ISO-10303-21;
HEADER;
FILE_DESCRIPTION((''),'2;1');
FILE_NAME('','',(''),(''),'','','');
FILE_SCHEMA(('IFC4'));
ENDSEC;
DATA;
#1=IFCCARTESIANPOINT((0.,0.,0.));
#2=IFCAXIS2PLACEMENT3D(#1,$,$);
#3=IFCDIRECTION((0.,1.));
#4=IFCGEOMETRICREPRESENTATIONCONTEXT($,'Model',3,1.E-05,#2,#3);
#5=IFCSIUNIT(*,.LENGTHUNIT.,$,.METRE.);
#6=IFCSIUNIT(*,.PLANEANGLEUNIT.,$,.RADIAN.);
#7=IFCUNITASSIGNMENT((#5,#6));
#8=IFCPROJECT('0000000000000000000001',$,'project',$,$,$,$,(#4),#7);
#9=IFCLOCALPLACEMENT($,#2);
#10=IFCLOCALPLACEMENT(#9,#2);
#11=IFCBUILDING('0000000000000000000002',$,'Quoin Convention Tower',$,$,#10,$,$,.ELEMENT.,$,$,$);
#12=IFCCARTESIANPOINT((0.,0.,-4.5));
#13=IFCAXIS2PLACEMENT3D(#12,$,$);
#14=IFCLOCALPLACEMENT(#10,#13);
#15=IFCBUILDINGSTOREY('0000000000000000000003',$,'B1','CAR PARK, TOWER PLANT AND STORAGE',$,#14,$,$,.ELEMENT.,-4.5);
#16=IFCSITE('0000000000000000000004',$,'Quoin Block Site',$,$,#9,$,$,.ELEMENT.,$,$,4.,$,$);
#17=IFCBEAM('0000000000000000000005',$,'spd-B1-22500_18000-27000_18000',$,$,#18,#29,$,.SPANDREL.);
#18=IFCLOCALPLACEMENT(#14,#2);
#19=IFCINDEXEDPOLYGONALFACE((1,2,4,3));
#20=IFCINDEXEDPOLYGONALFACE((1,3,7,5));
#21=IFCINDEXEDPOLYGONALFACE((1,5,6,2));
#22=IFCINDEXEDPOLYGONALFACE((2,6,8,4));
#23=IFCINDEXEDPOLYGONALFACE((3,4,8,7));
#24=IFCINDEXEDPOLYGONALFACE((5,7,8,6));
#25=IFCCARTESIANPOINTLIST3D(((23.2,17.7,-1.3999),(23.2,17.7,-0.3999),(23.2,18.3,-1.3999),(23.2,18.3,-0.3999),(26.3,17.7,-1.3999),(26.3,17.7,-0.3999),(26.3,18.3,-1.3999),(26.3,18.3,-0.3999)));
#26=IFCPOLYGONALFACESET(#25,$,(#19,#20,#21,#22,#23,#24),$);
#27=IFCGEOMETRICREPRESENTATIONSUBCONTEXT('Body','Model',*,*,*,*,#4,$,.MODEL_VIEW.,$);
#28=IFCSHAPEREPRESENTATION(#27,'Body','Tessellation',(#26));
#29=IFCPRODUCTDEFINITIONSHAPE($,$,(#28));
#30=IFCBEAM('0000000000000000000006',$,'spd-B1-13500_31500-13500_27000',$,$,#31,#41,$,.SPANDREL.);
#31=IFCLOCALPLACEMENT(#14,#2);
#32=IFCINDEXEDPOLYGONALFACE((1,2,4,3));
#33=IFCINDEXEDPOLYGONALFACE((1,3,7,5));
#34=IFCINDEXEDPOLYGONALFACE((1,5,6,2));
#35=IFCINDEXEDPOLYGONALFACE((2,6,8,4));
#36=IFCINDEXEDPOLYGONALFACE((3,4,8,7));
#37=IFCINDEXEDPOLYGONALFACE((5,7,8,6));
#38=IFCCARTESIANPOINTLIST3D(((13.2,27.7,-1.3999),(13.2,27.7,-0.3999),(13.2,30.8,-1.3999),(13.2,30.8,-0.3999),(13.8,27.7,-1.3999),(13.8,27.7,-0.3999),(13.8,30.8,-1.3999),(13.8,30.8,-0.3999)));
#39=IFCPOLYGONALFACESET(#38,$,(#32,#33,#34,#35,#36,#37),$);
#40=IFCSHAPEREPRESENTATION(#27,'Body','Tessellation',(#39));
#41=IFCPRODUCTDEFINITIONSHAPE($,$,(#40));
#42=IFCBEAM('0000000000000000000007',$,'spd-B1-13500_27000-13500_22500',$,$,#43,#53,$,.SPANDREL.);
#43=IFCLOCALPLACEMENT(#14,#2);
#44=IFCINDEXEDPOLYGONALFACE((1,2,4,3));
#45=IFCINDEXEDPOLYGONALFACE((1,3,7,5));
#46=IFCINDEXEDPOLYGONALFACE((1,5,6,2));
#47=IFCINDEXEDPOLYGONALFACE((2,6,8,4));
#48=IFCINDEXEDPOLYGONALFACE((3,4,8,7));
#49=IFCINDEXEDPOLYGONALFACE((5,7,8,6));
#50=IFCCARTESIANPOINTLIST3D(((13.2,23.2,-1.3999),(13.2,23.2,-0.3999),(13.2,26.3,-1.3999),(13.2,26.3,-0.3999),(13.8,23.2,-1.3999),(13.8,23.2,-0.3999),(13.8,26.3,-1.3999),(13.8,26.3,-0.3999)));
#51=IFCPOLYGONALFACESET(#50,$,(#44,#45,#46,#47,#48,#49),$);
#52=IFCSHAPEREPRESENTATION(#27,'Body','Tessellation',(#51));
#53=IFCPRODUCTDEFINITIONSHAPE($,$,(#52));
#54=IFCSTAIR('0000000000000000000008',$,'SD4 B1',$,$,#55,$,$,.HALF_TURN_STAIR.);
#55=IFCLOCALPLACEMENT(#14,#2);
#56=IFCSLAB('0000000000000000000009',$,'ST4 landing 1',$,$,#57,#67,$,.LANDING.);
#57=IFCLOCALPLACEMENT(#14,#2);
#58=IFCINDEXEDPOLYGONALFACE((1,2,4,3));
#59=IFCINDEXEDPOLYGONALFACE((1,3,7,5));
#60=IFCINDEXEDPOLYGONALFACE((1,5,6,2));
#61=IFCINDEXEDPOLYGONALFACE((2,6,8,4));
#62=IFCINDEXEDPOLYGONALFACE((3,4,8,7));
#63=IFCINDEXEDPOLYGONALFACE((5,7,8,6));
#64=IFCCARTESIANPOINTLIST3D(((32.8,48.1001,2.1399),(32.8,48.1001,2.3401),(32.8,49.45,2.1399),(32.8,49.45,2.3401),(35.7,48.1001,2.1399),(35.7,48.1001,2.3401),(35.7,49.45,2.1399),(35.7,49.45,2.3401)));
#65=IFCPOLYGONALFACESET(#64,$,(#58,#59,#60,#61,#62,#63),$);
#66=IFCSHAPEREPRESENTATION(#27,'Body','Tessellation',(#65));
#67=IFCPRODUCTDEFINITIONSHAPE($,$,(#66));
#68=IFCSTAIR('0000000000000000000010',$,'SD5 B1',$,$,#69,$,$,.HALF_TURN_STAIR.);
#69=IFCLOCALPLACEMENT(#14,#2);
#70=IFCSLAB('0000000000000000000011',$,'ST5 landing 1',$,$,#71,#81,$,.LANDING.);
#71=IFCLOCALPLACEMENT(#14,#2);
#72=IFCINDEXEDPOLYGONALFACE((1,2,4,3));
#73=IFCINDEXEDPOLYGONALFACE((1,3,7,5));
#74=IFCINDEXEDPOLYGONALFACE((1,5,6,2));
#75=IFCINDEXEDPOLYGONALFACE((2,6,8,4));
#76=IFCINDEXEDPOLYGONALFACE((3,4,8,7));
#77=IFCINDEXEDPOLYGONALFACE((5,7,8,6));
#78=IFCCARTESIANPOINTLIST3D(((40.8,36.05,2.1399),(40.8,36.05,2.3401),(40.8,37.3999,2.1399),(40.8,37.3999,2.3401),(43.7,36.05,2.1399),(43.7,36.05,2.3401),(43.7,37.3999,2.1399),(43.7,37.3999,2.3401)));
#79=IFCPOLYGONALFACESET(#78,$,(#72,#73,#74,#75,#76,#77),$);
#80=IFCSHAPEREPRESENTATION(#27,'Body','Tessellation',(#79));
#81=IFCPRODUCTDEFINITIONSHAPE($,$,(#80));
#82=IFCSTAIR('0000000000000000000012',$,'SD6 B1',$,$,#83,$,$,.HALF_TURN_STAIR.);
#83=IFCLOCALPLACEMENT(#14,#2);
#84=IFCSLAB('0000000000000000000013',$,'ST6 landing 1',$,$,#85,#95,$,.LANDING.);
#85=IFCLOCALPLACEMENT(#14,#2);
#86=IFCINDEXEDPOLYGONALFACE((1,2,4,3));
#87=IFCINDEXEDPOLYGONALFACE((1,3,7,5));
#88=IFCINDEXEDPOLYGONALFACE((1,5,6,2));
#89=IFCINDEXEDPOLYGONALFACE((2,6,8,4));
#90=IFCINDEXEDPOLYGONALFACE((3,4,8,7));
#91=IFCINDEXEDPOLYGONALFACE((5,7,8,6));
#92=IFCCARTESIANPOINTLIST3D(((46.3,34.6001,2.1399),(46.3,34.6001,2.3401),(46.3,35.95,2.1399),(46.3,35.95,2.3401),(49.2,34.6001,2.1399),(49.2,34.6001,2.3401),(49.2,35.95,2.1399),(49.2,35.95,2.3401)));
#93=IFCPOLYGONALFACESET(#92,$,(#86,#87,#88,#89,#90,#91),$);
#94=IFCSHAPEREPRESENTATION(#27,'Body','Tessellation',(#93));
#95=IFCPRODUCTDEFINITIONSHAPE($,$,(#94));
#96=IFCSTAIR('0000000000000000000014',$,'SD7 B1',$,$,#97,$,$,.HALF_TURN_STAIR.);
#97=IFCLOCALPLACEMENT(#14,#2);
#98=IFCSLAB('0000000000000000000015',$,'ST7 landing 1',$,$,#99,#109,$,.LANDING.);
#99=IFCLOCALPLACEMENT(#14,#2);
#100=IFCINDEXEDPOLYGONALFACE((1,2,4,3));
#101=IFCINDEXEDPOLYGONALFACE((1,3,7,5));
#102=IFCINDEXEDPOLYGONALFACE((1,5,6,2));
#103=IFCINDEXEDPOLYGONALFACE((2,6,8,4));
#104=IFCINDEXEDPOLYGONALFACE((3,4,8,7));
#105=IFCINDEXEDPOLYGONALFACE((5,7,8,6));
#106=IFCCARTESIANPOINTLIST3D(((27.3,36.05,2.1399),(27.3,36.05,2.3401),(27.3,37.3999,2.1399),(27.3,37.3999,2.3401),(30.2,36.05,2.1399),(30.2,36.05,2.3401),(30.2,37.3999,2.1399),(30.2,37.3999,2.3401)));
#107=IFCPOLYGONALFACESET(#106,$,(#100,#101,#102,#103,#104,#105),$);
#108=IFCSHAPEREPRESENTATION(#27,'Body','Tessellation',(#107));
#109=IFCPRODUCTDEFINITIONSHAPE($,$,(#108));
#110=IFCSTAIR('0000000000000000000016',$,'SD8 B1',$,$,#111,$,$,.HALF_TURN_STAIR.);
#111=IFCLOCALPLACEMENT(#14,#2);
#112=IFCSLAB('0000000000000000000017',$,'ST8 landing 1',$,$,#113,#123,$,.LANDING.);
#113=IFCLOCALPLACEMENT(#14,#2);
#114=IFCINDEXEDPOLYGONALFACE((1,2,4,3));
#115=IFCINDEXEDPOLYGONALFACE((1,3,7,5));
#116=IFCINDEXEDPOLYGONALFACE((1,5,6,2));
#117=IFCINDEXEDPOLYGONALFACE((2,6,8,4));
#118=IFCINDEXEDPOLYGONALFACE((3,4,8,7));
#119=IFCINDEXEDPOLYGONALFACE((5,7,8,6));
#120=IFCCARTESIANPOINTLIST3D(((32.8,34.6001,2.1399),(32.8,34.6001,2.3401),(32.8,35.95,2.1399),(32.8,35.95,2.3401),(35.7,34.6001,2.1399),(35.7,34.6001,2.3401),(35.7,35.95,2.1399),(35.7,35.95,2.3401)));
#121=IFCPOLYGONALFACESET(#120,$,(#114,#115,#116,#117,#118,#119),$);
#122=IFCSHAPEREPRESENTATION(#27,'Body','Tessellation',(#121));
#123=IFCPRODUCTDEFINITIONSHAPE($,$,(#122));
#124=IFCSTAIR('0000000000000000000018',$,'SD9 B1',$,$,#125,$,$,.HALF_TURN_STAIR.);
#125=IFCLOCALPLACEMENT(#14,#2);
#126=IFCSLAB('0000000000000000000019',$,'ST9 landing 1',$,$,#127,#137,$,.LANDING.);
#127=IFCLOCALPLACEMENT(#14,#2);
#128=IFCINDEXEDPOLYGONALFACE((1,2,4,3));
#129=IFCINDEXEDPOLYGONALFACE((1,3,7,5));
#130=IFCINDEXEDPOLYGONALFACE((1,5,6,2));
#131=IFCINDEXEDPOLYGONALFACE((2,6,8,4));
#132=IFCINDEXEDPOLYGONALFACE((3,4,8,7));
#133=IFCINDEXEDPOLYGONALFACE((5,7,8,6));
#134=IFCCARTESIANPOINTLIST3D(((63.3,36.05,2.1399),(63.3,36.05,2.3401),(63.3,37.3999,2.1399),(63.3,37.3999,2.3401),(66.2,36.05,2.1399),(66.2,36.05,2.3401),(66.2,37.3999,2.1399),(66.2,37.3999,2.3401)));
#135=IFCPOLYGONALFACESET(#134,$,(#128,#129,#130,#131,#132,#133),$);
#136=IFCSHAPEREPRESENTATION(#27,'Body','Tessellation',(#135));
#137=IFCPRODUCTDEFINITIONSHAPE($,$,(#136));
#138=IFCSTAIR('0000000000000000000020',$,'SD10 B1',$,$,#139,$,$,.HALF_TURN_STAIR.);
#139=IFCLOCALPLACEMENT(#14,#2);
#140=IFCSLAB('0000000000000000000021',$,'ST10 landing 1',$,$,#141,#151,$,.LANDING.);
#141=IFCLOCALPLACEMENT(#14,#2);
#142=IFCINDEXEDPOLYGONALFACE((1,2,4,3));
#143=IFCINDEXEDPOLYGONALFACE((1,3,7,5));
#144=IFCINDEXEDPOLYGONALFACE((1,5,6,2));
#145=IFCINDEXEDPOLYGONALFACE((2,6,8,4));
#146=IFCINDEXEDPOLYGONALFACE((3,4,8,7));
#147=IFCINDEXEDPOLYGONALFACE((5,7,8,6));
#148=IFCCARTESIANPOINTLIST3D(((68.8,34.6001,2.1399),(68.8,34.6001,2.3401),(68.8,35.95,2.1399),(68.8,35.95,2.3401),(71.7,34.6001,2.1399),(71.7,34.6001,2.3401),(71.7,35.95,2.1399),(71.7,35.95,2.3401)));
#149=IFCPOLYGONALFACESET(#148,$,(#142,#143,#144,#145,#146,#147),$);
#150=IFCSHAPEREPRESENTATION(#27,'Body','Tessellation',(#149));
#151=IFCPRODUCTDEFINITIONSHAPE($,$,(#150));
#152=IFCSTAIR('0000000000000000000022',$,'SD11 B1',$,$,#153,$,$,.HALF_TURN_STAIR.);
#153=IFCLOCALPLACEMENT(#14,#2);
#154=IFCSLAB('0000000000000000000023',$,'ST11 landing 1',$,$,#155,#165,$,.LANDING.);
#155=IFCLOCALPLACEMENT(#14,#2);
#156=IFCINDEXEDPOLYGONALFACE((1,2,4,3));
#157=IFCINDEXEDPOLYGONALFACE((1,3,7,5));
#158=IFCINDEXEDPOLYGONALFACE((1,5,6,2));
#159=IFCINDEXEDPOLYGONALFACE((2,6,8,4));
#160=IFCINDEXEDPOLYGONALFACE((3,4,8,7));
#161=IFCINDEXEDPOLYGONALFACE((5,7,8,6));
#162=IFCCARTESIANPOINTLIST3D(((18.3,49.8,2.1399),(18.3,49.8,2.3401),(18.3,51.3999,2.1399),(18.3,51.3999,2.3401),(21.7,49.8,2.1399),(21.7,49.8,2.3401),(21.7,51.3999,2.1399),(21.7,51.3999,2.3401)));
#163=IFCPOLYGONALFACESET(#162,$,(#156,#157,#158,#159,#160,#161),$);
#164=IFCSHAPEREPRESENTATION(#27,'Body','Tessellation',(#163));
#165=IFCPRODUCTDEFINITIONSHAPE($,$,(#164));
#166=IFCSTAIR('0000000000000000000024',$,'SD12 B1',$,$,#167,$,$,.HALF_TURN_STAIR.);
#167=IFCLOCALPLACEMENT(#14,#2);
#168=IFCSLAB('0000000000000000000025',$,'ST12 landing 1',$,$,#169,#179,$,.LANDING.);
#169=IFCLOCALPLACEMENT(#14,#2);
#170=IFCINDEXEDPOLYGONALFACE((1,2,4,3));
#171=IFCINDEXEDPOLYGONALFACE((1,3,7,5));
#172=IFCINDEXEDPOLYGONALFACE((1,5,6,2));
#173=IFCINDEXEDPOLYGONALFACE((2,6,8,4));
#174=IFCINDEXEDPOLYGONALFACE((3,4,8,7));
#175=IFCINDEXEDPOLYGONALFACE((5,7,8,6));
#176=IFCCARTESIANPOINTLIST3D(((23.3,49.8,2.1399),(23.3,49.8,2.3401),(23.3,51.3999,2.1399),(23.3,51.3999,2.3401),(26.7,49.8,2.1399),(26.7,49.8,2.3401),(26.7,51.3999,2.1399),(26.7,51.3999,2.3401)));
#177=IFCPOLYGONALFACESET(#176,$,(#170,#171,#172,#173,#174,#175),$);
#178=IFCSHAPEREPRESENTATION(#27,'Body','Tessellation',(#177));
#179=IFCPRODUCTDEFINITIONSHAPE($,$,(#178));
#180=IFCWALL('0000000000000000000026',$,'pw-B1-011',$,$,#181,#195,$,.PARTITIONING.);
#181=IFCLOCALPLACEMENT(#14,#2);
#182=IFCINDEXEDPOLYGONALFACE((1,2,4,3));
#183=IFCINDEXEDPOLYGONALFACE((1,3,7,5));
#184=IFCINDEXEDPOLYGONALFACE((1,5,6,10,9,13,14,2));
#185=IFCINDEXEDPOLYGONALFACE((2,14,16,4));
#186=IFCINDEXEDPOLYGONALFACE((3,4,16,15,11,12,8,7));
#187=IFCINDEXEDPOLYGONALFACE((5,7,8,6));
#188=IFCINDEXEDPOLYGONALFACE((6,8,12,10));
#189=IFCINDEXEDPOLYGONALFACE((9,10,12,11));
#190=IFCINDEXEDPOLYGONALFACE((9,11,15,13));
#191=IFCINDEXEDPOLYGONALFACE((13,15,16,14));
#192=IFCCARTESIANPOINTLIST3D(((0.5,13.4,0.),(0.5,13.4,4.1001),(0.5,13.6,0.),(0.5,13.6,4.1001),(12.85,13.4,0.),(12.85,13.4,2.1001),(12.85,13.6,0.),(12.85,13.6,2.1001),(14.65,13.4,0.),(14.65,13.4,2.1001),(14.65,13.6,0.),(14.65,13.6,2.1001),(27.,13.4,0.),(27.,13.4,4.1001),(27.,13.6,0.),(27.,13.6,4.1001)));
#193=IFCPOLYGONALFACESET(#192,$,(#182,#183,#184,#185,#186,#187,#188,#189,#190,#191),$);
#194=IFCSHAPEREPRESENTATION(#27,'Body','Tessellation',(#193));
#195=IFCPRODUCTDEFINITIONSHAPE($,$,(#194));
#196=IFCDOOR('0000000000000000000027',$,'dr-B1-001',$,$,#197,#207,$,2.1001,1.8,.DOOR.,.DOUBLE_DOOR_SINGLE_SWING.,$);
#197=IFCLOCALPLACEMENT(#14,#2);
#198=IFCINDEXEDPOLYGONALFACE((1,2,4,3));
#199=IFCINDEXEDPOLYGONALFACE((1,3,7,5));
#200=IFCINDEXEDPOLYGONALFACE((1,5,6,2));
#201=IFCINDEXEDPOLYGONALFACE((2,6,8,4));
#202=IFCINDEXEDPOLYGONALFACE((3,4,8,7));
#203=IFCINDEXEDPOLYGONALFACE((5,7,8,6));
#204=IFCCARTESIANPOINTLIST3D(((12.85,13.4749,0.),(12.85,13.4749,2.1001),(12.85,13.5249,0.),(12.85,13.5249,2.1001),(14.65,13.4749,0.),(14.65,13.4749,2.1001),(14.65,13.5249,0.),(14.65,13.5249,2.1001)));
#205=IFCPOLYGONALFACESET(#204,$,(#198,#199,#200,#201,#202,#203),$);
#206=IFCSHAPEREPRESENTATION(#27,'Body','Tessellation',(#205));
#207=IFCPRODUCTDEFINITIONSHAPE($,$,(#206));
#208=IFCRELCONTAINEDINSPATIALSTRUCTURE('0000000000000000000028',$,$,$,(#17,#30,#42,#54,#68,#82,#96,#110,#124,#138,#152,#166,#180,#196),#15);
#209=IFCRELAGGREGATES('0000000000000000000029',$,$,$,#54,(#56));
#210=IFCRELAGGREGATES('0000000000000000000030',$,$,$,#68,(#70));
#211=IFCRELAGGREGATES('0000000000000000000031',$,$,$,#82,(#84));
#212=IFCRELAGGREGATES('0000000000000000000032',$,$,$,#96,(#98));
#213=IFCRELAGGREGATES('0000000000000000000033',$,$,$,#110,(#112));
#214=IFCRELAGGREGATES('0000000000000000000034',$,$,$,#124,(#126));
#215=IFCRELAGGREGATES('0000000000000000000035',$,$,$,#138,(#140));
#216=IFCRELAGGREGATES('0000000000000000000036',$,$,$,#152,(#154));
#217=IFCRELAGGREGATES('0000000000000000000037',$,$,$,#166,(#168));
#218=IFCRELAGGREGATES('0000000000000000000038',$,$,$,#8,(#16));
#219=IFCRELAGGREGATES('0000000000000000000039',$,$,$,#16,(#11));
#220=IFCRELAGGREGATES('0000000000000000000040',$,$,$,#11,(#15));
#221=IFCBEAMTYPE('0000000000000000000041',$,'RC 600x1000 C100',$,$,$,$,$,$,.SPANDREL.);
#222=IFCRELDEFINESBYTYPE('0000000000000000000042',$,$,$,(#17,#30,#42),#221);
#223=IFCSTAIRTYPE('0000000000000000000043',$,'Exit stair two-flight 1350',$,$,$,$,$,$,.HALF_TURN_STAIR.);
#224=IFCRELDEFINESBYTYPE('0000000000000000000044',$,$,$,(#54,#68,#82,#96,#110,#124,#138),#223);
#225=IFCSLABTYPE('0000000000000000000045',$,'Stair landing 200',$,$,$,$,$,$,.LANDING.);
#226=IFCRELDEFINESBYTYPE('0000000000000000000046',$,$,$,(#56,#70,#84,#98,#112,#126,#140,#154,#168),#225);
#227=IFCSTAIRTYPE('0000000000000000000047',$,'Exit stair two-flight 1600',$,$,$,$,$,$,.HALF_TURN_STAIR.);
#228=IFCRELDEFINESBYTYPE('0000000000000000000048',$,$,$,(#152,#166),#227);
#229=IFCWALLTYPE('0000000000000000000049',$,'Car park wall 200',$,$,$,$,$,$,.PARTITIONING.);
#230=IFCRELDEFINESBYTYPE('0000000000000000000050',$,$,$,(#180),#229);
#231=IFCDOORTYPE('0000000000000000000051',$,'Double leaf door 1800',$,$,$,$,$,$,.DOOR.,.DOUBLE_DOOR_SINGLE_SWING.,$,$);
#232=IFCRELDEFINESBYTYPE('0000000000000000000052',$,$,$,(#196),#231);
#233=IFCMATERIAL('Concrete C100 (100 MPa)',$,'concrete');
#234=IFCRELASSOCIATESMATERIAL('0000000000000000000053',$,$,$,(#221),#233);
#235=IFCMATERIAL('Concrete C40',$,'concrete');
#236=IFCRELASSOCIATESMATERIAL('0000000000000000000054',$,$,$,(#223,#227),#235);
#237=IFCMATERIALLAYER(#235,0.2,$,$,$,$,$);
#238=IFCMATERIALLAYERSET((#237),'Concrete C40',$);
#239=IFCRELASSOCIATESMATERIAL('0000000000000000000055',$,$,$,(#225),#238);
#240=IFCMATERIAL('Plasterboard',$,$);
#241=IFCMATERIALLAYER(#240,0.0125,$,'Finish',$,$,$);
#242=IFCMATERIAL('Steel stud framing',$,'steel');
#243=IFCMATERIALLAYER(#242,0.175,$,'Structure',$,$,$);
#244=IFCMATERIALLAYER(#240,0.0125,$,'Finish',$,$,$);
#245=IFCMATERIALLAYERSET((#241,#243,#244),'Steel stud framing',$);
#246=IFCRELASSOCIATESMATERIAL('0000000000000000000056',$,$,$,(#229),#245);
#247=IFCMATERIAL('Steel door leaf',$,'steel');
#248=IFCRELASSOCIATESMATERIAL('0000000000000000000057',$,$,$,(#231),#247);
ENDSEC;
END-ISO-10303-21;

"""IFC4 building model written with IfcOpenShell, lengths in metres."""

from ifc_helpers import new_model, si_unit, direction, frame, frame_2d, origin, origin_2d, place, context, subcontext, project, spatial, polyline, rectangle, outline, extrude, material, layer, layer_set, material_profile, profile_set, type_object, element, fill, aggregate, save


model = new_model("IFC4")

# Units and contexts
model_context = context("Model", 3, precision=1e-05, world=origin(), true_north=direction((0.0, 1.0)))
body_context = subcontext(model_context, "Body", "Model", "MODEL_VIEW")
ifc_project = project(units=[si_unit("LENGTHUNIT", "METRE"), si_unit("PLANEANGLEUNIT", "RADIAN")], contexts=[model_context])

# Site, building, storey
site_placement = place(None, origin())
site = spatial("IfcSite", under=ifc_project, at=site_placement, Name="Quoin Block Site", CompositionType="ELEMENT", RefElevation=4.0)
building_placement = place(site_placement, origin())
building = spatial("IfcBuilding", under=site, at=building_placement, Name="Quoin Convention Tower", CompositionType="ELEMENT")
storey_placement = place(building_placement, frame((0.0, 0.0, -4.5)))
storey = spatial("IfcBuildingStorey", under=building, at=storey_placement, Name="B1", Description="CAR PARK, TOWER PLANT AND STORAGE", CompositionType="ELEMENT", Elevation=-4.5)

# Shared definitions
ifc_material_1 = material(Name="Concrete C100 (100 MPa)", Category="concrete")

# Beams
ifc_material_profile_1 = material_profile(ifc_material_1, rectangle(XDim=0.6001, YDim=1.0, at=origin_2d()), Name="RC 600x1000")
ifc_profile_set_1 = profile_set([ifc_material_profile_1], Name="Concrete C100 (100 MPa)")
beam_type = type_object("IfcBeamType", Name="RC 600x1000 C100", PredefinedType="SPANDREL", material=ifc_profile_set_1)
for number, where, z_axis, x_axis, name in (
    (1, (23.2, 18.0, -0.8999), (1.0, 0.0, 0.0), (0.0, 1.0, 0.0), "spd-B1-22500_18000-27000_18000"),
    (2, (13.5, 30.8, -0.8999), (0.0, -1.0, 0.0), (1.0, 0.0, 0.0), "spd-B1-13500_31500-13500_27000"),
    (3, (13.5, 26.3, -0.8999), (0.0, -1.0, 0.0), (1.0, 0.0, 0.0), "spd-B1-13500_27000-13500_22500"),
):
    element("IfcBeam", number, at=place(storey_placement, frame(where, z_axis=z_axis, x_axis=x_axis)), inside=storey, type_object=beam_type, Name=name, PredefinedType="SPANDREL", context=body_context, shape_type="SweptSolid", body=[
        extrude(rectangle(XDim=0.6001, YDim=1.0, at=origin_2d()), origin(), (0.0, 0.0, 1.0), 3.1001),
    ])

# Stairs, slabs
ifc_material_2 = material(Name="Concrete C40", Category="concrete")
stair_type_1 = type_object("IfcStairType", Name="Exit stair two-flight 1350", PredefinedType="HALF_TURN_STAIR", material=ifc_material_2)
stair_1_placement = place(storey_placement, origin())
stair_1 = element("IfcStair", 4, at=stair_1_placement, inside=storey, type_object=stair_type_1, Name="SD4 B1", PredefinedType="HALF_TURN_STAIR")
ifc_layer_1 = layer(ifc_material_2, 0.2)
ifc_layer_set_1 = layer_set([ifc_layer_1], Name="Concrete C40")
slab_type = type_object("IfcSlabType", Name="Stair landing 200", PredefinedType="LANDING", material=ifc_layer_set_1)
slab_1_placement = place(storey_placement, frame((0.0, 0.0, 2.1399)))
slab_1 = element("IfcSlab", 5, at=slab_1_placement, type_object=slab_type, Name="ST4 landing 1", PredefinedType="LANDING", context=body_context, shape_type="SweptSolid", body=[
    extrude(outline(polyline([(35.7, 49.45), (32.8, 49.45), (32.8, 48.1001), (35.7, 48.1001), (35.7, 49.45)])), origin(), (0.0, 0.0, 1.0), 0.2002),
])
aggregate(stair_1, [slab_1])
stair_2_placement = place(storey_placement, origin())
stair_2 = element("IfcStair", 6, at=stair_2_placement, inside=storey, type_object=stair_type_1, Name="SD5 B1", PredefinedType="HALF_TURN_STAIR")
slab_2_placement = place(storey_placement, frame((0.0, 0.0, 2.1399)))
slab_2 = element("IfcSlab", 7, at=slab_2_placement, type_object=slab_type, Name="ST5 landing 1", PredefinedType="LANDING", context=body_context, shape_type="SweptSolid", body=[
    extrude(outline(polyline([(40.8, 36.05), (43.7, 36.05), (43.7, 37.3999), (40.8, 37.3999), (40.8, 36.05)])), origin(), (0.0, 0.0, 1.0), 0.2002),
])
aggregate(stair_2, [slab_2])
stair_3_placement = place(storey_placement, origin())
stair_3 = element("IfcStair", 8, at=stair_3_placement, inside=storey, type_object=stair_type_1, Name="SD6 B1", PredefinedType="HALF_TURN_STAIR")
slab_3_placement = place(storey_placement, frame((0.0, 0.0, 2.1399)))
slab_3 = element("IfcSlab", 9, at=slab_3_placement, type_object=slab_type, Name="ST6 landing 1", PredefinedType="LANDING", context=body_context, shape_type="SweptSolid", body=[
    extrude(outline(polyline([(49.2, 35.95), (46.3, 35.95), (46.3, 34.6001), (49.2, 34.6001), (49.2, 35.95)])), origin(), (0.0, 0.0, 1.0), 0.2002),
])
aggregate(stair_3, [slab_3])
stair_4_placement = place(storey_placement, origin())
stair_4 = element("IfcStair", 10, at=stair_4_placement, inside=storey, type_object=stair_type_1, Name="SD7 B1", PredefinedType="HALF_TURN_STAIR")
slab_4_placement = place(storey_placement, frame((0.0, 0.0, 2.1399)))
slab_4 = element("IfcSlab", 11, at=slab_4_placement, type_object=slab_type, Name="ST7 landing 1", PredefinedType="LANDING", context=body_context, shape_type="SweptSolid", body=[
    extrude(outline(polyline([(27.3, 36.05), (30.2, 36.05), (30.2, 37.3999), (27.3, 37.3999), (27.3, 36.05)])), origin(), (0.0, 0.0, 1.0), 0.2002),
])
aggregate(stair_4, [slab_4])
stair_5_placement = place(storey_placement, origin())
stair_5 = element("IfcStair", 12, at=stair_5_placement, inside=storey, type_object=stair_type_1, Name="SD8 B1", PredefinedType="HALF_TURN_STAIR")
slab_5_placement = place(storey_placement, frame((0.0, 0.0, 2.1399)))
slab_5 = element("IfcSlab", 13, at=slab_5_placement, type_object=slab_type, Name="ST8 landing 1", PredefinedType="LANDING", context=body_context, shape_type="SweptSolid", body=[
    extrude(outline(polyline([(35.7, 35.95), (32.8, 35.95), (32.8, 34.6001), (35.7, 34.6001), (35.7, 35.95)])), origin(), (0.0, 0.0, 1.0), 0.2002),
])
aggregate(stair_5, [slab_5])
stair_6_placement = place(storey_placement, origin())
stair_6 = element("IfcStair", 14, at=stair_6_placement, inside=storey, type_object=stair_type_1, Name="SD9 B1", PredefinedType="HALF_TURN_STAIR")
slab_6_placement = place(storey_placement, frame((0.0, 0.0, 2.1399)))
slab_6 = element("IfcSlab", 15, at=slab_6_placement, type_object=slab_type, Name="ST9 landing 1", PredefinedType="LANDING", context=body_context, shape_type="SweptSolid", body=[
    extrude(outline(polyline([(63.3, 36.05), (66.2, 36.05), (66.2, 37.3999), (63.3, 37.3999), (63.3, 36.05)])), origin(), (0.0, 0.0, 1.0), 0.2002),
])
aggregate(stair_6, [slab_6])
stair_7_placement = place(storey_placement, origin())
stair_7 = element("IfcStair", 16, at=stair_7_placement, inside=storey, type_object=stair_type_1, Name="SD10 B1", PredefinedType="HALF_TURN_STAIR")
slab_7_placement = place(storey_placement, frame((0.0, 0.0, 2.1399)))
slab_7 = element("IfcSlab", 17, at=slab_7_placement, type_object=slab_type, Name="ST10 landing 1", PredefinedType="LANDING", context=body_context, shape_type="SweptSolid", body=[
    extrude(outline(polyline([(71.7, 35.95), (68.8, 35.95), (68.8, 34.6001), (71.7, 34.6001), (71.7, 35.95)])), origin(), (0.0, 0.0, 1.0), 0.2002),
])
aggregate(stair_7, [slab_7])
stair_type_2 = type_object("IfcStairType", Name="Exit stair two-flight 1600", PredefinedType="HALF_TURN_STAIR", material=ifc_material_2)
stair_8_placement = place(storey_placement, origin())
stair_8 = element("IfcStair", 18, at=stair_8_placement, inside=storey, type_object=stair_type_2, Name="SD11 B1", PredefinedType="HALF_TURN_STAIR")
slab_8_placement = place(storey_placement, frame((0.0, 0.0, 2.1399)))
slab_8 = element("IfcSlab", 19, at=slab_8_placement, type_object=slab_type, Name="ST11 landing 1", PredefinedType="LANDING", context=body_context, shape_type="SweptSolid", body=[
    extrude(outline(polyline([(21.7, 51.3999), (18.3, 51.3999), (18.3, 49.8), (21.7, 49.8), (21.7, 51.3999)])), origin(), (0.0, 0.0, 1.0), 0.2002),
])
aggregate(stair_8, [slab_8])
stair_9_placement = place(storey_placement, origin())
stair_9 = element("IfcStair", 20, at=stair_9_placement, inside=storey, type_object=stair_type_2, Name="SD12 B1", PredefinedType="HALF_TURN_STAIR")
slab_9_placement = place(storey_placement, frame((0.0, 0.0, 2.1399)))
slab_9 = element("IfcSlab", 21, at=slab_9_placement, type_object=slab_type, Name="ST12 landing 1", PredefinedType="LANDING", context=body_context, shape_type="SweptSolid", body=[
    extrude(outline(polyline([(26.7, 51.3999), (23.3, 51.3999), (23.3, 49.8), (26.7, 49.8), (26.7, 51.3999)])), origin(), (0.0, 0.0, 1.0), 0.2002),
])
aggregate(stair_9, [slab_9])

# Wall, opening, door
ifc_material_3 = material(Name="Plasterboard")
ifc_layer_2 = layer(ifc_material_3, 0.0125, Name="Finish")
ifc_material_4 = material(Name="Steel stud framing", Category="steel")
ifc_layer_3 = layer(ifc_material_4, 0.175, Name="Structure")
ifc_layer_4 = layer(ifc_material_3, 0.0125, Name="Finish")
ifc_layer_set_2 = layer_set([ifc_layer_2, ifc_layer_3, ifc_layer_4], Name="Steel stud framing")
wall_type_1 = type_object("IfcWallType", Name="Car park wall 200", PredefinedType="PARTITIONING", material=ifc_layer_set_2)
wall_1_placement = place(storey_placement, frame((0.5, 13.5, 0.0), z_axis=(0.0, 0.0, 1.0), x_axis=(1.0, 0.0, 0.0)))
wall_1 = element("IfcWall", 22, at=wall_1_placement, inside=storey, type_object=wall_type_1, Name="pw-B1-011", PredefinedType="PARTITIONING", context=body_context, shape_type="SweptSolid", body=[
    extrude(rectangle(XDim=26.5, YDim=0.2, at=frame_2d((13.25, 0.0))), origin(), (0.0, 0.0, 1.0), 4.1001),
])
opening_placement = place(wall_1_placement, frame((12.3501, 0.0, 0.0)))
opening = element("IfcOpeningElement", 23, at=opening_placement, cuts=wall_1, PredefinedType="OPENING", context=body_context, shape_type="SweptSolid", body=[
    extrude(rectangle(XDim=1.8, YDim=2.1001, at=frame_2d((0.8999, 1.05))), frame((0.0, 0.1099, 0.0), z_axis=(0.0, -1.0, 0.0), x_axis=(1.0, 0.0, 0.0)), (0.0, 0.0, 1.0), 0.22),
])
ifc_material_5 = material(Name="Steel door leaf", Category="steel")
door_type = type_object("IfcDoorType", Name="Double leaf door 1800", OperationType="DOUBLE_DOOR_SINGLE_SWING", PredefinedType="DOOR", material=ifc_material_5)
door_placement = place(opening_placement, origin())
door = element("IfcDoor", 24, at=door_placement, inside=storey, type_object=door_type, Name="dr-B1-001", OperationType="DOUBLE_DOOR_SINGLE_SWING", OverallHeight=2.1001, OverallWidth=1.8, PredefinedType="DOOR", context=body_context, shape_type="SweptSolid", body=[
    extrude(rectangle(XDim=1.8, YDim=2.1001, at=frame_2d((0.8999, 1.05))), frame((0.0, 0.0249, 0.0), z_axis=(0.0, -1.0, 0.0), x_axis=(1.0, 0.0, 0.0)), (0.0, 0.0, 1.0), 0.05),
])
fill(opening, door)

save(model, "model.ifc")
